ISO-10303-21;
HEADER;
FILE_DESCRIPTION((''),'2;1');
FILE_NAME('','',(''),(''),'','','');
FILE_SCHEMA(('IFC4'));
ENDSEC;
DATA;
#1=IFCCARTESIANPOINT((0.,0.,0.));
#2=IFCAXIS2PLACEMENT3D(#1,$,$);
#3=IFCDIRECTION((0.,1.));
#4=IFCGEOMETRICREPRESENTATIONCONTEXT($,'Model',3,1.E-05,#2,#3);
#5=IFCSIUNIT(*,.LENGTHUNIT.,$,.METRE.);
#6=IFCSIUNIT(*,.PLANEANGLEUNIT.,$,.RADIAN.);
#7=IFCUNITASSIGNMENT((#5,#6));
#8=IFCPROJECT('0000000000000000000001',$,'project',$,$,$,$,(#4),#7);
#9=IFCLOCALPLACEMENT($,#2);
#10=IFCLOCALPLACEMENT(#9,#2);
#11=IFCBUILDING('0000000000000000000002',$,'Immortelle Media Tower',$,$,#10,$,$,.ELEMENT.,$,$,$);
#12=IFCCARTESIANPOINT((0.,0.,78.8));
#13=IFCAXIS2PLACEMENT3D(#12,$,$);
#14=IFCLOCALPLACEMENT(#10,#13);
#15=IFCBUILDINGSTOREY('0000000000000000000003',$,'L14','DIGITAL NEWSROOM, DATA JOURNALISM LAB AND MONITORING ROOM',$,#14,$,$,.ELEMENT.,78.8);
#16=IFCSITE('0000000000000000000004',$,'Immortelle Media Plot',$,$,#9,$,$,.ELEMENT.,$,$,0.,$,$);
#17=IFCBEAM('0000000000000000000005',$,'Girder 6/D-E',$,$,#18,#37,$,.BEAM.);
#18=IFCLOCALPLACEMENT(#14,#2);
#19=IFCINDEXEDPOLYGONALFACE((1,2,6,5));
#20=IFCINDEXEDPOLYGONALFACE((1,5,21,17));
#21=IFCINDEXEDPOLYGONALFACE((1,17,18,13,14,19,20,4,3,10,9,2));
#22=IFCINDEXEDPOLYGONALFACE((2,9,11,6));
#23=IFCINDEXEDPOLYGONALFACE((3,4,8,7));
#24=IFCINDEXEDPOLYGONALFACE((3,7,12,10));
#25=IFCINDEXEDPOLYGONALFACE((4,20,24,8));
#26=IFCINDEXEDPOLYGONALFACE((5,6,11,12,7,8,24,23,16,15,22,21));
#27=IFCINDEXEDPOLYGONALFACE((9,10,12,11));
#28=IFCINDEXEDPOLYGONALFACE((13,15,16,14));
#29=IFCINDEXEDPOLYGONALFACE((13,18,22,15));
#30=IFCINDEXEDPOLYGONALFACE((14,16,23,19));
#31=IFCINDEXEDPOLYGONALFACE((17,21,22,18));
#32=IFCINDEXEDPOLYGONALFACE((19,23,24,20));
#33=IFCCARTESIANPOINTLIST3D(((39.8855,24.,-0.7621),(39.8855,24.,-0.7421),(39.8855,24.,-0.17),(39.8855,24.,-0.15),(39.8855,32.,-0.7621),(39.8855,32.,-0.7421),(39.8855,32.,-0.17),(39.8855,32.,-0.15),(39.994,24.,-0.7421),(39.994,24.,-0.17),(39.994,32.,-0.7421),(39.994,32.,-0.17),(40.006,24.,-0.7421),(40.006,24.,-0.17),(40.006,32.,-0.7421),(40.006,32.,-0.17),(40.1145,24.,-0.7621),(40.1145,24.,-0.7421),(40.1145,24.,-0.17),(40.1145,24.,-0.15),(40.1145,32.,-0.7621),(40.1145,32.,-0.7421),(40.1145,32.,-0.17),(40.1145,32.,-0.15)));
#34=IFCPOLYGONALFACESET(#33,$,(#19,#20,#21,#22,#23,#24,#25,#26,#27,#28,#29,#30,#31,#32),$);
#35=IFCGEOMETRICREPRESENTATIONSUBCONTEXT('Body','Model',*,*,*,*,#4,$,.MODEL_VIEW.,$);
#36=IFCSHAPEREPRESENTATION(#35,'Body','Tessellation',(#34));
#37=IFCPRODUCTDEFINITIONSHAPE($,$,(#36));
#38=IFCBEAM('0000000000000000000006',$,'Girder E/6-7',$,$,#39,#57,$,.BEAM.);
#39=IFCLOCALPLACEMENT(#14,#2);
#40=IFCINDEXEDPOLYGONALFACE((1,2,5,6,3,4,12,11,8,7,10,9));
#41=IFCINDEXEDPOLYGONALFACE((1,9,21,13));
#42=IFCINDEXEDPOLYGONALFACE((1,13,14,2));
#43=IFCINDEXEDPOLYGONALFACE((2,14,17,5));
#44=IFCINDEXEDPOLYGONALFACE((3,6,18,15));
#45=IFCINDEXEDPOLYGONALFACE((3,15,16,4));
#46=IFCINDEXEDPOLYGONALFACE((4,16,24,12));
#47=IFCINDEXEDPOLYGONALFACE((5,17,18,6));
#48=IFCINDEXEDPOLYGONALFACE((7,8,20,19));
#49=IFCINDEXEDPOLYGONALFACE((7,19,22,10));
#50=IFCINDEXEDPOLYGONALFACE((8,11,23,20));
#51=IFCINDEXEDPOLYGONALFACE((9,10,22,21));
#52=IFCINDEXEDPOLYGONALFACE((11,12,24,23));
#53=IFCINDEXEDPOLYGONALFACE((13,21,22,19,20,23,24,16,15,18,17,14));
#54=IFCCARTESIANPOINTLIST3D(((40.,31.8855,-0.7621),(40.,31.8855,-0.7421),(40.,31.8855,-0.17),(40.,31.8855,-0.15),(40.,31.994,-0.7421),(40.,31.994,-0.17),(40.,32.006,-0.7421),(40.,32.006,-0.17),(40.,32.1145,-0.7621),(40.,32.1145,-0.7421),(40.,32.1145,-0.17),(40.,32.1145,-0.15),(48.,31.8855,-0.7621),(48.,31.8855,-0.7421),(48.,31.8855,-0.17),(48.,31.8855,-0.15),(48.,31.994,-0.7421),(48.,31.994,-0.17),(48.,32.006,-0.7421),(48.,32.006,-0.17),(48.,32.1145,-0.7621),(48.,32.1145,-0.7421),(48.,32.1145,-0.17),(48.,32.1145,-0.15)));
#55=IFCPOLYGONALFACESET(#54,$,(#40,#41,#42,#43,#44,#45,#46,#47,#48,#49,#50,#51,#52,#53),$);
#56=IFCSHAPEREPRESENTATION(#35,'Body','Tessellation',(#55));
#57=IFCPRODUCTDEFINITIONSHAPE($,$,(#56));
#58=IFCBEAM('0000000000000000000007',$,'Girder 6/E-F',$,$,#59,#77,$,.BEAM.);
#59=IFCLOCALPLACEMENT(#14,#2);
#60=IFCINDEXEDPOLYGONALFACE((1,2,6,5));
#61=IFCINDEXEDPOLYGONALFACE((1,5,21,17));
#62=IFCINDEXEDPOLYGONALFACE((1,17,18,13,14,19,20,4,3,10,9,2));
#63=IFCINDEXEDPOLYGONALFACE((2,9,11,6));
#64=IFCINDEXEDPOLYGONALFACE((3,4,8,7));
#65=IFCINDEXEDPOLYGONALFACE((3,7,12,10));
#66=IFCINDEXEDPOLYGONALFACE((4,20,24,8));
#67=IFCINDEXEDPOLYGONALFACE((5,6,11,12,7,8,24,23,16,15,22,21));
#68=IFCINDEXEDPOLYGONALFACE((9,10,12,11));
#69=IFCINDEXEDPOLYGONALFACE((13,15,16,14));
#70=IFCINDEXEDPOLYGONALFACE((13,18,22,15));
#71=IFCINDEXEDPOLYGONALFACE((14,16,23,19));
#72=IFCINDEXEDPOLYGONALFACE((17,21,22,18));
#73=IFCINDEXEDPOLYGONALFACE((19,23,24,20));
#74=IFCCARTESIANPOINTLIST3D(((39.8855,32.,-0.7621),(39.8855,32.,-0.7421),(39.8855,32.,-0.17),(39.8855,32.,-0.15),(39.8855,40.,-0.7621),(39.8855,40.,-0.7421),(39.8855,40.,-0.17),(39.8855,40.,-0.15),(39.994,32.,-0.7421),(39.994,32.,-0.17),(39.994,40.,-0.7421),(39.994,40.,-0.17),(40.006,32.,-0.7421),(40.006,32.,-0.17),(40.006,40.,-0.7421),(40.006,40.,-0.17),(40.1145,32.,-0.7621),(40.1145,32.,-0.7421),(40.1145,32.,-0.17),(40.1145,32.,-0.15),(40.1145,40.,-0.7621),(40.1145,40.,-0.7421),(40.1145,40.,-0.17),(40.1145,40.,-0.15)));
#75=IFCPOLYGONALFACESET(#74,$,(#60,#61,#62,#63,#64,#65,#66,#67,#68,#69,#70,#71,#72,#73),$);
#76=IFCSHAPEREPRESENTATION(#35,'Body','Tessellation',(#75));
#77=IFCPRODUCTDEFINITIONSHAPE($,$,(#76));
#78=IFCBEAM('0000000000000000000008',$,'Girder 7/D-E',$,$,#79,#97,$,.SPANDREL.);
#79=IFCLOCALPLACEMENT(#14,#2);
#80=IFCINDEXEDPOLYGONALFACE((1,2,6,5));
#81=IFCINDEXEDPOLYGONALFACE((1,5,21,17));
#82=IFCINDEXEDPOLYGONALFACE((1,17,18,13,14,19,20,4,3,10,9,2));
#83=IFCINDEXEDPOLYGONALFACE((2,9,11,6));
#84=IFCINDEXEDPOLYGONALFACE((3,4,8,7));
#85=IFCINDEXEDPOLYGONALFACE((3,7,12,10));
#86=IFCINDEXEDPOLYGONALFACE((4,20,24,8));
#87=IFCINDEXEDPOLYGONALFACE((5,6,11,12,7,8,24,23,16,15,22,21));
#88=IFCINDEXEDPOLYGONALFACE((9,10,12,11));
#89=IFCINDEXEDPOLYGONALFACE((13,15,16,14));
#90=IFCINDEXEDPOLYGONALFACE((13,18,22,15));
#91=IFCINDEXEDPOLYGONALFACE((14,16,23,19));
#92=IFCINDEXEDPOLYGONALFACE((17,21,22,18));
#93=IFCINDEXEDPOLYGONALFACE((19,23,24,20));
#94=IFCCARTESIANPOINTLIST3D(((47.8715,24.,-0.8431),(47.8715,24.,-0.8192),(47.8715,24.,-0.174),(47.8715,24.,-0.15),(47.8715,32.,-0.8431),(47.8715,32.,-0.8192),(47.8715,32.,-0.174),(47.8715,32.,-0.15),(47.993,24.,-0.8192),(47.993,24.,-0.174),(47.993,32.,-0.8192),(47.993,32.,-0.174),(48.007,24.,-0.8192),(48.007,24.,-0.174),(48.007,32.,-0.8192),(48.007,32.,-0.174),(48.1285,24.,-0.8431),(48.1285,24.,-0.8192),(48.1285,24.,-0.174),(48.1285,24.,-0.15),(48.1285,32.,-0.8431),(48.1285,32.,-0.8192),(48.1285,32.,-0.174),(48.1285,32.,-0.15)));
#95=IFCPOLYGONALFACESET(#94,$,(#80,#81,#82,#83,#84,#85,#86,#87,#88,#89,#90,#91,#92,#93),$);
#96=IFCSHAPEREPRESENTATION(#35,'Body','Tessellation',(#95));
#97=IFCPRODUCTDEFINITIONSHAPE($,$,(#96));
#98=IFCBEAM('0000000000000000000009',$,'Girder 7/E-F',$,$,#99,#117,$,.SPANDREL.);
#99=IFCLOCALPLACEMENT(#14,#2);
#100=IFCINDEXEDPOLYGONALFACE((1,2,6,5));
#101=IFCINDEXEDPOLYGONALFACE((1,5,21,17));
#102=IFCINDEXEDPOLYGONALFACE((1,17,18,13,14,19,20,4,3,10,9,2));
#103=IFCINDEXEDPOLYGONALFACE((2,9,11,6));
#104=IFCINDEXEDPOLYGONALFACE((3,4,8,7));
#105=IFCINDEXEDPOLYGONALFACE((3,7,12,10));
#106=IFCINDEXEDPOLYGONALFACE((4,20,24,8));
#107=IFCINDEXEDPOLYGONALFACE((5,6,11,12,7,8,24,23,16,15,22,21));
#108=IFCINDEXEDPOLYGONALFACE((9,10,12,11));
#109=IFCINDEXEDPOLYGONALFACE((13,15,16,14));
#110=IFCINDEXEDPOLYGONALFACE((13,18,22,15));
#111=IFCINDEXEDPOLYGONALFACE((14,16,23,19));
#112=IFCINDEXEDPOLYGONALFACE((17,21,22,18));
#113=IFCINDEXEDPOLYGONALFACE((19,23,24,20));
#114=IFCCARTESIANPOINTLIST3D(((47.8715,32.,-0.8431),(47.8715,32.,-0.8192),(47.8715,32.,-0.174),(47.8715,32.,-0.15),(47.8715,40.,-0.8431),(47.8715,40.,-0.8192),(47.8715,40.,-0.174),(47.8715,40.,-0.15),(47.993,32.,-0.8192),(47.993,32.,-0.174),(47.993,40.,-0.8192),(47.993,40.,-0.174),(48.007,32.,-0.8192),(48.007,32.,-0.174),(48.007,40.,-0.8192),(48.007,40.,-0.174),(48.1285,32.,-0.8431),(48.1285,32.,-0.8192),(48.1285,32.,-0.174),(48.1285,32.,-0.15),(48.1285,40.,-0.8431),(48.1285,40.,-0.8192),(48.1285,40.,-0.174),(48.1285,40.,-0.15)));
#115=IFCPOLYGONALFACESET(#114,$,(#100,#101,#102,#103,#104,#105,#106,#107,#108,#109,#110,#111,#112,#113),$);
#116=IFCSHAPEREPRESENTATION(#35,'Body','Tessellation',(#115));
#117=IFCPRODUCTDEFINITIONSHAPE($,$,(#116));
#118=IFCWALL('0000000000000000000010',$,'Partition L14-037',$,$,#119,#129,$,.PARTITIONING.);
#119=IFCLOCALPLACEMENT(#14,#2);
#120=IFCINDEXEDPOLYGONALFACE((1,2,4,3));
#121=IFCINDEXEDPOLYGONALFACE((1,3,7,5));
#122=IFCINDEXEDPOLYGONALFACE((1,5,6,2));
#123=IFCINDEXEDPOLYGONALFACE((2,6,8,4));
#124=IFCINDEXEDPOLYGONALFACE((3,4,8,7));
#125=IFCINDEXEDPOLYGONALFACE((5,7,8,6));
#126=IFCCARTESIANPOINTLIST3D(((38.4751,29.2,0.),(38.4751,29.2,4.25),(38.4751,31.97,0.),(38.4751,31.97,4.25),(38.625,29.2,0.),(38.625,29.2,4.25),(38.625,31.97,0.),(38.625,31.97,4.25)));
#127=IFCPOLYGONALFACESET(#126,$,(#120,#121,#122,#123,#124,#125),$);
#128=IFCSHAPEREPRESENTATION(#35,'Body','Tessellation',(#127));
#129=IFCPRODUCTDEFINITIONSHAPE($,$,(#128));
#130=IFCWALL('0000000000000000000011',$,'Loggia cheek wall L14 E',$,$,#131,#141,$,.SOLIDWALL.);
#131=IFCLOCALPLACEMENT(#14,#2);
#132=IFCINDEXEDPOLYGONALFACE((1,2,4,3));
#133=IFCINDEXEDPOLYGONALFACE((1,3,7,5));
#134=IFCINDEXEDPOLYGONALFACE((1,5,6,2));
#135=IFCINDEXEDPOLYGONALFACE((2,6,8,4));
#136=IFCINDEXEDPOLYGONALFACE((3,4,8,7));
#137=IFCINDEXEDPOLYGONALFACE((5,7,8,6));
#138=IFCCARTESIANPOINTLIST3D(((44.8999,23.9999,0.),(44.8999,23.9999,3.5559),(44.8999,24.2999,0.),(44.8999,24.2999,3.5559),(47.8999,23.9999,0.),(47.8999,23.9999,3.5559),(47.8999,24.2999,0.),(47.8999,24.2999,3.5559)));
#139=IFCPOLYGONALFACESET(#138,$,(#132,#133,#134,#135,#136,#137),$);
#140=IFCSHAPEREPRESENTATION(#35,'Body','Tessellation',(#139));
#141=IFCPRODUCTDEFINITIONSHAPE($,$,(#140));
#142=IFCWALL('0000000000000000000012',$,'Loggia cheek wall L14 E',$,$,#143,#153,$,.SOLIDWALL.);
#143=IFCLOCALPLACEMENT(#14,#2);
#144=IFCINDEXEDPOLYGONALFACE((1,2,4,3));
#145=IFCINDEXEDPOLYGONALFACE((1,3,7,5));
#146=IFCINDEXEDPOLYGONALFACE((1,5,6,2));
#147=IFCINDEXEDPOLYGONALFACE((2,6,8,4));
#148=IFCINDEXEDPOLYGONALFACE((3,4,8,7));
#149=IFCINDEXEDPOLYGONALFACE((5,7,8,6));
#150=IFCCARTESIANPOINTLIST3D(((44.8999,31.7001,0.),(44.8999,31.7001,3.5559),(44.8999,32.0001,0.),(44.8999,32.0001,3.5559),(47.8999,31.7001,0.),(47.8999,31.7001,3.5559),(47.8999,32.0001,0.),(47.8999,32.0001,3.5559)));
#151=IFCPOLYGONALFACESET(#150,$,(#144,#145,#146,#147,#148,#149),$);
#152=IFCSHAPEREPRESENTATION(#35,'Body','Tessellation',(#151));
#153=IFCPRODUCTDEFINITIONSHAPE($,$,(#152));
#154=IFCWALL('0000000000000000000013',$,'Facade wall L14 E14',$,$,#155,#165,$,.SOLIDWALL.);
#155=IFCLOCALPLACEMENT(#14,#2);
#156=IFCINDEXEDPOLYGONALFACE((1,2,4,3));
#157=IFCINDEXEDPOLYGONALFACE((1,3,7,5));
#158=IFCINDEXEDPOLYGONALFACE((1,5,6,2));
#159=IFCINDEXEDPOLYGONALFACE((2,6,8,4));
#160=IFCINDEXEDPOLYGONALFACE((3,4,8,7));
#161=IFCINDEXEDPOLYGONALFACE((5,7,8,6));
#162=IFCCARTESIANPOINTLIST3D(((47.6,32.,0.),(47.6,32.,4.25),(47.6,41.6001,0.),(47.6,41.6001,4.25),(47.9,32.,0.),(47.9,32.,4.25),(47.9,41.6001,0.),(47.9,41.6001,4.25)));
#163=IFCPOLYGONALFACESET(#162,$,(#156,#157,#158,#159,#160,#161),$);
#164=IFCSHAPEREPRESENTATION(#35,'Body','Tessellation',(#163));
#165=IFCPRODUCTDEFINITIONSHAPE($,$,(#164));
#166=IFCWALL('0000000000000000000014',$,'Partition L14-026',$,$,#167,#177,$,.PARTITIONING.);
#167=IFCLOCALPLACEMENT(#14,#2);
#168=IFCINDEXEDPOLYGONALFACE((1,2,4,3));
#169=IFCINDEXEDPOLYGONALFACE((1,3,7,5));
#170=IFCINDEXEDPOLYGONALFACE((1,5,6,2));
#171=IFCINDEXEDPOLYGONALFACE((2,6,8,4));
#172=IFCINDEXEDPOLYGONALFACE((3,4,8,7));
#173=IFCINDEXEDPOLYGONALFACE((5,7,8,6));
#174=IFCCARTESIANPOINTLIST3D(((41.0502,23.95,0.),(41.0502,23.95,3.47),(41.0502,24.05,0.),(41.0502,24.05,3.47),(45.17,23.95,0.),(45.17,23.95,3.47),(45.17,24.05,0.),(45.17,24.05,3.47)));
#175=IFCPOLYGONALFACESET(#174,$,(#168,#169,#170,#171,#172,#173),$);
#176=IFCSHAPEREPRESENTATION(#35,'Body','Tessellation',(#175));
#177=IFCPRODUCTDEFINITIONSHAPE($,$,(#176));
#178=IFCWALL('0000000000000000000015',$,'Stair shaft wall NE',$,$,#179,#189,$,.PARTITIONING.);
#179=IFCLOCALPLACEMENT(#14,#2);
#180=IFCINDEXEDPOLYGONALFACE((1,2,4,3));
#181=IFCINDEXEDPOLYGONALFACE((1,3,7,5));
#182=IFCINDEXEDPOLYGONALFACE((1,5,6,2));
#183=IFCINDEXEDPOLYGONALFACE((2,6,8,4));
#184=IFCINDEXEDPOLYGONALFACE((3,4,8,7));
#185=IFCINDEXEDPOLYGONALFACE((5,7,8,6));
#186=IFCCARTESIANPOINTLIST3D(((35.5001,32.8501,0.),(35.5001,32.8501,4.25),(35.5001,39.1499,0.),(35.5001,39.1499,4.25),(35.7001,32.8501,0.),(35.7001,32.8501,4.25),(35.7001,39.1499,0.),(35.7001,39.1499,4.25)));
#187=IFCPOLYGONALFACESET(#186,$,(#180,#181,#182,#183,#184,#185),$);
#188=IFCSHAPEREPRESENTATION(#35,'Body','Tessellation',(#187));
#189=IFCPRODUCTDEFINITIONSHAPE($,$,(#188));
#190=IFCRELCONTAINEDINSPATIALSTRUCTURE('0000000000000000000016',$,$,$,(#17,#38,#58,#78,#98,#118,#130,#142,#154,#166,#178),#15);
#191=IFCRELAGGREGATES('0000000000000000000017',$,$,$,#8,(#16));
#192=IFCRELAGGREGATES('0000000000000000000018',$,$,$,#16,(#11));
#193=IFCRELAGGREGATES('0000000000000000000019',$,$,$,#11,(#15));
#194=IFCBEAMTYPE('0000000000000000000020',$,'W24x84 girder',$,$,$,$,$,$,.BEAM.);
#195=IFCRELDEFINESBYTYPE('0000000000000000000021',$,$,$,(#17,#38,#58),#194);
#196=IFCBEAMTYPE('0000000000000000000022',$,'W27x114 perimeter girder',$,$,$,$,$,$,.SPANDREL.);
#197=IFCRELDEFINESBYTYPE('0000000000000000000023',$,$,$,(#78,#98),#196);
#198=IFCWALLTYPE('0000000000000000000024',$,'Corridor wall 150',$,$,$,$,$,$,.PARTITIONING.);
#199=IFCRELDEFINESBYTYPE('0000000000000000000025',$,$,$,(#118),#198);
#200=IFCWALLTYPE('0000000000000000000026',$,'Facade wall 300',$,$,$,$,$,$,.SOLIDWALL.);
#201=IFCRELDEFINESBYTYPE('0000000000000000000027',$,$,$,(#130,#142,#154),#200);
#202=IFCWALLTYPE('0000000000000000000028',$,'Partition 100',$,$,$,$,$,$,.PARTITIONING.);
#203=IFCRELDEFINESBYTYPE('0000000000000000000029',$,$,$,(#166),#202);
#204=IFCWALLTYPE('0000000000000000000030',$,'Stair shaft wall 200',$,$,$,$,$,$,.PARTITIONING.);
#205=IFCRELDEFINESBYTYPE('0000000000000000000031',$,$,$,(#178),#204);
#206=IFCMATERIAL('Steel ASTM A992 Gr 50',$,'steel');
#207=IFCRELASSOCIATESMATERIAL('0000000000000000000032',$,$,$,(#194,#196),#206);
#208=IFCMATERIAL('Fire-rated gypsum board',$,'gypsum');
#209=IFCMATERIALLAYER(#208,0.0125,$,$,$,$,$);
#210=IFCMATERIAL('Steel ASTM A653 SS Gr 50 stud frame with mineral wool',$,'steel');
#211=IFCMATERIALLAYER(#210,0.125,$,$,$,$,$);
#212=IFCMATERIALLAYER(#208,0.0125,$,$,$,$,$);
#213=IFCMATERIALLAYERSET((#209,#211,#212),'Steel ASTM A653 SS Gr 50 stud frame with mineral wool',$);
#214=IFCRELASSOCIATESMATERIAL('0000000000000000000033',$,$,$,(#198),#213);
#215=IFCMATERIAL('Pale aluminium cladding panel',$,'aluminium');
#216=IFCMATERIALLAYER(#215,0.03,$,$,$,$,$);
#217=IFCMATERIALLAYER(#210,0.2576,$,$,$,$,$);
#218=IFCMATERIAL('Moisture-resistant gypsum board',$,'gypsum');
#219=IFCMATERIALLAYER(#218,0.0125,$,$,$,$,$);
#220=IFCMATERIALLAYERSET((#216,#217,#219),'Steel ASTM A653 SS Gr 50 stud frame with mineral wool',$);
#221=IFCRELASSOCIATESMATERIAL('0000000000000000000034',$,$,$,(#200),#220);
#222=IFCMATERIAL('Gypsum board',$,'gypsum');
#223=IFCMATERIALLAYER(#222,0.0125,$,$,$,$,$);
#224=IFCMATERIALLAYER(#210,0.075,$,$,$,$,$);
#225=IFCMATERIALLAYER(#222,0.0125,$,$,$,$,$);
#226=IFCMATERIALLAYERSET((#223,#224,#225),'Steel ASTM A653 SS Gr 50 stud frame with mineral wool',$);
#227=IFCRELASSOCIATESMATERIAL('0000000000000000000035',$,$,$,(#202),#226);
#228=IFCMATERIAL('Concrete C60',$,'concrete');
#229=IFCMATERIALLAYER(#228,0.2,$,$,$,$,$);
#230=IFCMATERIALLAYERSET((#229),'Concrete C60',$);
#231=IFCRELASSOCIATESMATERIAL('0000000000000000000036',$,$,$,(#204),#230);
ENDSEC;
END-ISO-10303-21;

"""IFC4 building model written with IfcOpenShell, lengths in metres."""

from ifc_helpers import new_model, si_unit, direction, frame, frame_2d, origin, origin_2d, place, context, subcontext, project, spatial, rectangle, i_section, extrude, material, layer, layer_set, material_profile, profile_set, type_object, element, save


model = new_model("IFC4")

# Units and contexts
model_context = context("Model", 3, precision=1e-05, world=origin(), true_north=direction((0.0, 1.0)))
body_context = subcontext(model_context, "Body", "Model", "MODEL_VIEW")
ifc_project = project(units=[si_unit("LENGTHUNIT", "METRE"), si_unit("PLANEANGLEUNIT", "RADIAN")], contexts=[model_context])

# Site, building, storey
site_placement = place(None, origin())
site = spatial("IfcSite", under=ifc_project, at=site_placement, Name="Immortelle Media Plot", CompositionType="ELEMENT", RefElevation=0.0)
building_placement = place(site_placement, origin())
building = spatial("IfcBuilding", under=site, at=building_placement, Name="Immortelle Media Tower", CompositionType="ELEMENT")
storey_placement = place(building_placement, frame((0.0, 0.0, 78.8)))
storey = spatial("IfcBuildingStorey", under=building, at=storey_placement, Name="L14", Description="DIGITAL NEWSROOM, DATA JOURNALISM LAB AND MONITORING ROOM", CompositionType="ELEMENT", Elevation=78.8)

# Shared definitions
ifc_material_1 = material(Name="Steel ASTM A992 Gr 50", Category="steel")

# Beams
ifc_material_profile_1 = material_profile(ifc_material_1, i_section(OverallWidth=0.229, OverallDepth=0.6121, WebThickness=0.012, FlangeThickness=0.02, at=origin_2d()), Name="W24x84")
ifc_profile_set_1 = profile_set([ifc_material_profile_1], Name="Steel ASTM A992 Gr 50")
beam_type_1 = type_object("IfcBeamType", Name="W24x84 girder", PredefinedType="BEAM", material=ifc_profile_set_1)
for number, where, z_axis, x_axis, name in (
    (1, (40.0, 24.0, -0.4561), (0.0, 1.0, 0.0), (-1.0, 0.0, 0.0), "Girder 6/D-E"),
    (2, (40.0, 32.0, -0.4561), (1.0, 0.0, 0.0), (0.0, 1.0, 0.0), "Girder E/6-7"),
    (3, (40.0, 32.0, -0.4561), (0.0, 1.0, 0.0), (-1.0, 0.0, 0.0), "Girder 6/E-F"),
):
    element("IfcBeam", number, at=place(storey_placement, frame(where, z_axis=z_axis, x_axis=x_axis)), inside=storey, type_object=beam_type_1, Name=name, PredefinedType="BEAM", context=body_context, shape_type="SweptSolid", body=[
        extrude(i_section(OverallWidth=0.229, OverallDepth=0.6121, WebThickness=0.012, FlangeThickness=0.02, at=origin_2d()), origin(), (0.0, 0.0, 1.0), 8.0),
    ])
ifc_material_profile_2 = material_profile(ifc_material_1, i_section(OverallWidth=0.2571, OverallDepth=0.6931, WebThickness=0.0139, FlangeThickness=0.0239, at=origin_2d()), Name="W27x114")
ifc_profile_set_2 = profile_set([ifc_material_profile_2], Name="Steel ASTM A992 Gr 50")
beam_type_2 = type_object("IfcBeamType", Name="W27x114 perimeter girder", PredefinedType="SPANDREL", material=ifc_profile_set_2)
for number, where, z_axis, x_axis, name in (
    (4, (48.0, 24.0, -0.4966), (0.0, 1.0, 0.0), (-1.0, 0.0, 0.0), "Girder 7/D-E"),
    (5, (48.0, 32.0, -0.4966), (0.0, 1.0, 0.0), (-1.0, 0.0, 0.0), "Girder 7/E-F"),
):
    element("IfcBeam", number, at=place(storey_placement, frame(where, z_axis=z_axis, x_axis=x_axis)), inside=storey, type_object=beam_type_2, Name=name, PredefinedType="SPANDREL", context=body_context, shape_type="SweptSolid", body=[
        extrude(i_section(OverallWidth=0.2571, OverallDepth=0.6931, WebThickness=0.0139, FlangeThickness=0.0239, at=origin_2d()), origin(), (0.0, 0.0, 1.0), 8.0),
    ])

# Wall
ifc_material_2 = material(Name="Fire-rated gypsum board", Category="gypsum")
ifc_layer_1 = layer(ifc_material_2, 0.0125)
ifc_material_3 = material(Name="Steel ASTM A653 SS Gr 50 stud frame with mineral wool", Category="steel")
ifc_layer_2 = layer(ifc_material_3, 0.125)
ifc_layer_3 = layer(ifc_material_2, 0.0125)
ifc_layer_set_1 = layer_set([ifc_layer_1, ifc_layer_2, ifc_layer_3], Name="Steel ASTM A653 SS Gr 50 stud frame with mineral wool")
wall_type_1 = type_object("IfcWallType", Name="Corridor wall 150", PredefinedType="PARTITIONING", material=ifc_layer_set_1)
wall_1_placement = place(storey_placement, frame((38.55, 29.2, 0.0), z_axis=(0.0, 0.0, 1.0), x_axis=(0.0, 1.0, 0.0)))
element("IfcWall", 6, at=wall_1_placement, inside=storey, type_object=wall_type_1, Name="Partition L14-037", PredefinedType="PARTITIONING", context=body_context, shape_type="SweptSolid", body=[
    extrude(rectangle(XDim=2.77, YDim=0.1499, at=frame_2d((1.385, 0.0))), origin(), (0.0, 0.0, 1.0), 4.25),
])

# Shared definitions
ifc_material_4 = material(Name="Pale aluminium cladding panel", Category="aluminium")
ifc_layer_4 = layer(ifc_material_4, 0.03)
ifc_layer_5 = layer(ifc_material_3, 0.2576)
ifc_material_5 = material(Name="Moisture-resistant gypsum board", Category="gypsum")
ifc_layer_6 = layer(ifc_material_5, 0.0125)
ifc_layer_set_2 = layer_set([ifc_layer_4, ifc_layer_5, ifc_layer_6], Name="Steel ASTM A653 SS Gr 50 stud frame with mineral wool")
wall_type_2 = type_object("IfcWallType", Name="Facade wall 300", PredefinedType="SOLIDWALL", material=ifc_layer_set_2)

# Walls
for number, where, z_axis, x_axis, name in (
    (7, (47.8999, 24.1499, 0.0), (0.0, 0.0, 1.0), (-1.0, 0.0, 0.0), "Loggia cheek wall L14 E"),
    (8, (47.8999, 31.8501, 0.0), (0.0, 0.0, 1.0), (-1.0, 0.0, 0.0), "Loggia cheek wall L14 E"),
):
    element("IfcWall", number, at=place(storey_placement, frame(where, z_axis=z_axis, x_axis=x_axis)), inside=storey, type_object=wall_type_2, Name=name, PredefinedType="SOLIDWALL", context=body_context, shape_type="SweptSolid", body=[
        extrude(rectangle(XDim=3.0, YDim=0.3, at=frame_2d((1.5, 0.0))), origin(), (0.0, 0.0, 1.0), 3.5559),
    ])
wall_2_placement = place(storey_placement, frame((47.75, 32.0, 0.0), z_axis=(0.0, 0.0, 1.0), x_axis=(0.0, 1.0, 0.0)))
element("IfcWall", 9, at=wall_2_placement, inside=storey, type_object=wall_type_2, Name="Facade wall L14 E14", PredefinedType="SOLIDWALL", context=body_context, shape_type="SweptSolid", body=[
    extrude(rectangle(XDim=9.6001, YDim=0.3, at=frame_2d((4.8, 0.0))), origin(), (0.0, 0.0, 1.0), 4.25),
])
ifc_material_6 = material(Name="Gypsum board", Category="gypsum")
ifc_layer_7 = layer(ifc_material_6, 0.0125)
ifc_layer_8 = layer(ifc_material_3, 0.075)
ifc_layer_9 = layer(ifc_material_6, 0.0125)
ifc_layer_set_3 = layer_set([ifc_layer_7, ifc_layer_8, ifc_layer_9], Name="Steel ASTM A653 SS Gr 50 stud frame with mineral wool")
wall_type_3 = type_object("IfcWallType", Name="Partition 100", PredefinedType="PARTITIONING", material=ifc_layer_set_3)
wall_3_placement = place(storey_placement, frame((41.05, 24.0, 0.0), z_axis=(0.0, 0.0, 1.0), x_axis=(1.0, 0.0, 0.0)))
element("IfcWall", 10, at=wall_3_placement, inside=storey, type_object=wall_type_3, Name="Partition L14-026", PredefinedType="PARTITIONING", context=body_context, shape_type="SweptSolid", body=[
    extrude(rectangle(XDim=4.1199, YDim=0.1001, at=frame_2d((2.0601, 0.0))), origin(), (0.0, 0.0, 1.0), 3.47),
])
ifc_material_7 = material(Name="Concrete C60", Category="concrete")
ifc_layer_10 = layer(ifc_material_7, 0.2)
ifc_layer_set_4 = layer_set([ifc_layer_10], Name="Concrete C60")
wall_type_4 = type_object("IfcWallType", Name="Stair shaft wall 200", PredefinedType="PARTITIONING", material=ifc_layer_set_4)
for number, where, z_axis, x_axis, name in (
    (11, (35.6001, 32.8501, 0.0), (0.0, 0.0, 1.0), (0.0, 1.0, 0.0), "Stair shaft wall NE"),
):
    element("IfcWall", number, at=place(storey_placement, frame(where, z_axis=z_axis, x_axis=x_axis)), inside=storey, type_object=wall_type_4, Name=name, PredefinedType="PARTITIONING", context=body_context, shape_type="SweptSolid", body=[
        extrude(rectangle(XDim=6.2998, YDim=0.2, at=frame_2d((3.1499, 0.0))), origin(), (0.0, 0.0, 1.0), 4.25),
    ])

save(model, "model.ifc")
